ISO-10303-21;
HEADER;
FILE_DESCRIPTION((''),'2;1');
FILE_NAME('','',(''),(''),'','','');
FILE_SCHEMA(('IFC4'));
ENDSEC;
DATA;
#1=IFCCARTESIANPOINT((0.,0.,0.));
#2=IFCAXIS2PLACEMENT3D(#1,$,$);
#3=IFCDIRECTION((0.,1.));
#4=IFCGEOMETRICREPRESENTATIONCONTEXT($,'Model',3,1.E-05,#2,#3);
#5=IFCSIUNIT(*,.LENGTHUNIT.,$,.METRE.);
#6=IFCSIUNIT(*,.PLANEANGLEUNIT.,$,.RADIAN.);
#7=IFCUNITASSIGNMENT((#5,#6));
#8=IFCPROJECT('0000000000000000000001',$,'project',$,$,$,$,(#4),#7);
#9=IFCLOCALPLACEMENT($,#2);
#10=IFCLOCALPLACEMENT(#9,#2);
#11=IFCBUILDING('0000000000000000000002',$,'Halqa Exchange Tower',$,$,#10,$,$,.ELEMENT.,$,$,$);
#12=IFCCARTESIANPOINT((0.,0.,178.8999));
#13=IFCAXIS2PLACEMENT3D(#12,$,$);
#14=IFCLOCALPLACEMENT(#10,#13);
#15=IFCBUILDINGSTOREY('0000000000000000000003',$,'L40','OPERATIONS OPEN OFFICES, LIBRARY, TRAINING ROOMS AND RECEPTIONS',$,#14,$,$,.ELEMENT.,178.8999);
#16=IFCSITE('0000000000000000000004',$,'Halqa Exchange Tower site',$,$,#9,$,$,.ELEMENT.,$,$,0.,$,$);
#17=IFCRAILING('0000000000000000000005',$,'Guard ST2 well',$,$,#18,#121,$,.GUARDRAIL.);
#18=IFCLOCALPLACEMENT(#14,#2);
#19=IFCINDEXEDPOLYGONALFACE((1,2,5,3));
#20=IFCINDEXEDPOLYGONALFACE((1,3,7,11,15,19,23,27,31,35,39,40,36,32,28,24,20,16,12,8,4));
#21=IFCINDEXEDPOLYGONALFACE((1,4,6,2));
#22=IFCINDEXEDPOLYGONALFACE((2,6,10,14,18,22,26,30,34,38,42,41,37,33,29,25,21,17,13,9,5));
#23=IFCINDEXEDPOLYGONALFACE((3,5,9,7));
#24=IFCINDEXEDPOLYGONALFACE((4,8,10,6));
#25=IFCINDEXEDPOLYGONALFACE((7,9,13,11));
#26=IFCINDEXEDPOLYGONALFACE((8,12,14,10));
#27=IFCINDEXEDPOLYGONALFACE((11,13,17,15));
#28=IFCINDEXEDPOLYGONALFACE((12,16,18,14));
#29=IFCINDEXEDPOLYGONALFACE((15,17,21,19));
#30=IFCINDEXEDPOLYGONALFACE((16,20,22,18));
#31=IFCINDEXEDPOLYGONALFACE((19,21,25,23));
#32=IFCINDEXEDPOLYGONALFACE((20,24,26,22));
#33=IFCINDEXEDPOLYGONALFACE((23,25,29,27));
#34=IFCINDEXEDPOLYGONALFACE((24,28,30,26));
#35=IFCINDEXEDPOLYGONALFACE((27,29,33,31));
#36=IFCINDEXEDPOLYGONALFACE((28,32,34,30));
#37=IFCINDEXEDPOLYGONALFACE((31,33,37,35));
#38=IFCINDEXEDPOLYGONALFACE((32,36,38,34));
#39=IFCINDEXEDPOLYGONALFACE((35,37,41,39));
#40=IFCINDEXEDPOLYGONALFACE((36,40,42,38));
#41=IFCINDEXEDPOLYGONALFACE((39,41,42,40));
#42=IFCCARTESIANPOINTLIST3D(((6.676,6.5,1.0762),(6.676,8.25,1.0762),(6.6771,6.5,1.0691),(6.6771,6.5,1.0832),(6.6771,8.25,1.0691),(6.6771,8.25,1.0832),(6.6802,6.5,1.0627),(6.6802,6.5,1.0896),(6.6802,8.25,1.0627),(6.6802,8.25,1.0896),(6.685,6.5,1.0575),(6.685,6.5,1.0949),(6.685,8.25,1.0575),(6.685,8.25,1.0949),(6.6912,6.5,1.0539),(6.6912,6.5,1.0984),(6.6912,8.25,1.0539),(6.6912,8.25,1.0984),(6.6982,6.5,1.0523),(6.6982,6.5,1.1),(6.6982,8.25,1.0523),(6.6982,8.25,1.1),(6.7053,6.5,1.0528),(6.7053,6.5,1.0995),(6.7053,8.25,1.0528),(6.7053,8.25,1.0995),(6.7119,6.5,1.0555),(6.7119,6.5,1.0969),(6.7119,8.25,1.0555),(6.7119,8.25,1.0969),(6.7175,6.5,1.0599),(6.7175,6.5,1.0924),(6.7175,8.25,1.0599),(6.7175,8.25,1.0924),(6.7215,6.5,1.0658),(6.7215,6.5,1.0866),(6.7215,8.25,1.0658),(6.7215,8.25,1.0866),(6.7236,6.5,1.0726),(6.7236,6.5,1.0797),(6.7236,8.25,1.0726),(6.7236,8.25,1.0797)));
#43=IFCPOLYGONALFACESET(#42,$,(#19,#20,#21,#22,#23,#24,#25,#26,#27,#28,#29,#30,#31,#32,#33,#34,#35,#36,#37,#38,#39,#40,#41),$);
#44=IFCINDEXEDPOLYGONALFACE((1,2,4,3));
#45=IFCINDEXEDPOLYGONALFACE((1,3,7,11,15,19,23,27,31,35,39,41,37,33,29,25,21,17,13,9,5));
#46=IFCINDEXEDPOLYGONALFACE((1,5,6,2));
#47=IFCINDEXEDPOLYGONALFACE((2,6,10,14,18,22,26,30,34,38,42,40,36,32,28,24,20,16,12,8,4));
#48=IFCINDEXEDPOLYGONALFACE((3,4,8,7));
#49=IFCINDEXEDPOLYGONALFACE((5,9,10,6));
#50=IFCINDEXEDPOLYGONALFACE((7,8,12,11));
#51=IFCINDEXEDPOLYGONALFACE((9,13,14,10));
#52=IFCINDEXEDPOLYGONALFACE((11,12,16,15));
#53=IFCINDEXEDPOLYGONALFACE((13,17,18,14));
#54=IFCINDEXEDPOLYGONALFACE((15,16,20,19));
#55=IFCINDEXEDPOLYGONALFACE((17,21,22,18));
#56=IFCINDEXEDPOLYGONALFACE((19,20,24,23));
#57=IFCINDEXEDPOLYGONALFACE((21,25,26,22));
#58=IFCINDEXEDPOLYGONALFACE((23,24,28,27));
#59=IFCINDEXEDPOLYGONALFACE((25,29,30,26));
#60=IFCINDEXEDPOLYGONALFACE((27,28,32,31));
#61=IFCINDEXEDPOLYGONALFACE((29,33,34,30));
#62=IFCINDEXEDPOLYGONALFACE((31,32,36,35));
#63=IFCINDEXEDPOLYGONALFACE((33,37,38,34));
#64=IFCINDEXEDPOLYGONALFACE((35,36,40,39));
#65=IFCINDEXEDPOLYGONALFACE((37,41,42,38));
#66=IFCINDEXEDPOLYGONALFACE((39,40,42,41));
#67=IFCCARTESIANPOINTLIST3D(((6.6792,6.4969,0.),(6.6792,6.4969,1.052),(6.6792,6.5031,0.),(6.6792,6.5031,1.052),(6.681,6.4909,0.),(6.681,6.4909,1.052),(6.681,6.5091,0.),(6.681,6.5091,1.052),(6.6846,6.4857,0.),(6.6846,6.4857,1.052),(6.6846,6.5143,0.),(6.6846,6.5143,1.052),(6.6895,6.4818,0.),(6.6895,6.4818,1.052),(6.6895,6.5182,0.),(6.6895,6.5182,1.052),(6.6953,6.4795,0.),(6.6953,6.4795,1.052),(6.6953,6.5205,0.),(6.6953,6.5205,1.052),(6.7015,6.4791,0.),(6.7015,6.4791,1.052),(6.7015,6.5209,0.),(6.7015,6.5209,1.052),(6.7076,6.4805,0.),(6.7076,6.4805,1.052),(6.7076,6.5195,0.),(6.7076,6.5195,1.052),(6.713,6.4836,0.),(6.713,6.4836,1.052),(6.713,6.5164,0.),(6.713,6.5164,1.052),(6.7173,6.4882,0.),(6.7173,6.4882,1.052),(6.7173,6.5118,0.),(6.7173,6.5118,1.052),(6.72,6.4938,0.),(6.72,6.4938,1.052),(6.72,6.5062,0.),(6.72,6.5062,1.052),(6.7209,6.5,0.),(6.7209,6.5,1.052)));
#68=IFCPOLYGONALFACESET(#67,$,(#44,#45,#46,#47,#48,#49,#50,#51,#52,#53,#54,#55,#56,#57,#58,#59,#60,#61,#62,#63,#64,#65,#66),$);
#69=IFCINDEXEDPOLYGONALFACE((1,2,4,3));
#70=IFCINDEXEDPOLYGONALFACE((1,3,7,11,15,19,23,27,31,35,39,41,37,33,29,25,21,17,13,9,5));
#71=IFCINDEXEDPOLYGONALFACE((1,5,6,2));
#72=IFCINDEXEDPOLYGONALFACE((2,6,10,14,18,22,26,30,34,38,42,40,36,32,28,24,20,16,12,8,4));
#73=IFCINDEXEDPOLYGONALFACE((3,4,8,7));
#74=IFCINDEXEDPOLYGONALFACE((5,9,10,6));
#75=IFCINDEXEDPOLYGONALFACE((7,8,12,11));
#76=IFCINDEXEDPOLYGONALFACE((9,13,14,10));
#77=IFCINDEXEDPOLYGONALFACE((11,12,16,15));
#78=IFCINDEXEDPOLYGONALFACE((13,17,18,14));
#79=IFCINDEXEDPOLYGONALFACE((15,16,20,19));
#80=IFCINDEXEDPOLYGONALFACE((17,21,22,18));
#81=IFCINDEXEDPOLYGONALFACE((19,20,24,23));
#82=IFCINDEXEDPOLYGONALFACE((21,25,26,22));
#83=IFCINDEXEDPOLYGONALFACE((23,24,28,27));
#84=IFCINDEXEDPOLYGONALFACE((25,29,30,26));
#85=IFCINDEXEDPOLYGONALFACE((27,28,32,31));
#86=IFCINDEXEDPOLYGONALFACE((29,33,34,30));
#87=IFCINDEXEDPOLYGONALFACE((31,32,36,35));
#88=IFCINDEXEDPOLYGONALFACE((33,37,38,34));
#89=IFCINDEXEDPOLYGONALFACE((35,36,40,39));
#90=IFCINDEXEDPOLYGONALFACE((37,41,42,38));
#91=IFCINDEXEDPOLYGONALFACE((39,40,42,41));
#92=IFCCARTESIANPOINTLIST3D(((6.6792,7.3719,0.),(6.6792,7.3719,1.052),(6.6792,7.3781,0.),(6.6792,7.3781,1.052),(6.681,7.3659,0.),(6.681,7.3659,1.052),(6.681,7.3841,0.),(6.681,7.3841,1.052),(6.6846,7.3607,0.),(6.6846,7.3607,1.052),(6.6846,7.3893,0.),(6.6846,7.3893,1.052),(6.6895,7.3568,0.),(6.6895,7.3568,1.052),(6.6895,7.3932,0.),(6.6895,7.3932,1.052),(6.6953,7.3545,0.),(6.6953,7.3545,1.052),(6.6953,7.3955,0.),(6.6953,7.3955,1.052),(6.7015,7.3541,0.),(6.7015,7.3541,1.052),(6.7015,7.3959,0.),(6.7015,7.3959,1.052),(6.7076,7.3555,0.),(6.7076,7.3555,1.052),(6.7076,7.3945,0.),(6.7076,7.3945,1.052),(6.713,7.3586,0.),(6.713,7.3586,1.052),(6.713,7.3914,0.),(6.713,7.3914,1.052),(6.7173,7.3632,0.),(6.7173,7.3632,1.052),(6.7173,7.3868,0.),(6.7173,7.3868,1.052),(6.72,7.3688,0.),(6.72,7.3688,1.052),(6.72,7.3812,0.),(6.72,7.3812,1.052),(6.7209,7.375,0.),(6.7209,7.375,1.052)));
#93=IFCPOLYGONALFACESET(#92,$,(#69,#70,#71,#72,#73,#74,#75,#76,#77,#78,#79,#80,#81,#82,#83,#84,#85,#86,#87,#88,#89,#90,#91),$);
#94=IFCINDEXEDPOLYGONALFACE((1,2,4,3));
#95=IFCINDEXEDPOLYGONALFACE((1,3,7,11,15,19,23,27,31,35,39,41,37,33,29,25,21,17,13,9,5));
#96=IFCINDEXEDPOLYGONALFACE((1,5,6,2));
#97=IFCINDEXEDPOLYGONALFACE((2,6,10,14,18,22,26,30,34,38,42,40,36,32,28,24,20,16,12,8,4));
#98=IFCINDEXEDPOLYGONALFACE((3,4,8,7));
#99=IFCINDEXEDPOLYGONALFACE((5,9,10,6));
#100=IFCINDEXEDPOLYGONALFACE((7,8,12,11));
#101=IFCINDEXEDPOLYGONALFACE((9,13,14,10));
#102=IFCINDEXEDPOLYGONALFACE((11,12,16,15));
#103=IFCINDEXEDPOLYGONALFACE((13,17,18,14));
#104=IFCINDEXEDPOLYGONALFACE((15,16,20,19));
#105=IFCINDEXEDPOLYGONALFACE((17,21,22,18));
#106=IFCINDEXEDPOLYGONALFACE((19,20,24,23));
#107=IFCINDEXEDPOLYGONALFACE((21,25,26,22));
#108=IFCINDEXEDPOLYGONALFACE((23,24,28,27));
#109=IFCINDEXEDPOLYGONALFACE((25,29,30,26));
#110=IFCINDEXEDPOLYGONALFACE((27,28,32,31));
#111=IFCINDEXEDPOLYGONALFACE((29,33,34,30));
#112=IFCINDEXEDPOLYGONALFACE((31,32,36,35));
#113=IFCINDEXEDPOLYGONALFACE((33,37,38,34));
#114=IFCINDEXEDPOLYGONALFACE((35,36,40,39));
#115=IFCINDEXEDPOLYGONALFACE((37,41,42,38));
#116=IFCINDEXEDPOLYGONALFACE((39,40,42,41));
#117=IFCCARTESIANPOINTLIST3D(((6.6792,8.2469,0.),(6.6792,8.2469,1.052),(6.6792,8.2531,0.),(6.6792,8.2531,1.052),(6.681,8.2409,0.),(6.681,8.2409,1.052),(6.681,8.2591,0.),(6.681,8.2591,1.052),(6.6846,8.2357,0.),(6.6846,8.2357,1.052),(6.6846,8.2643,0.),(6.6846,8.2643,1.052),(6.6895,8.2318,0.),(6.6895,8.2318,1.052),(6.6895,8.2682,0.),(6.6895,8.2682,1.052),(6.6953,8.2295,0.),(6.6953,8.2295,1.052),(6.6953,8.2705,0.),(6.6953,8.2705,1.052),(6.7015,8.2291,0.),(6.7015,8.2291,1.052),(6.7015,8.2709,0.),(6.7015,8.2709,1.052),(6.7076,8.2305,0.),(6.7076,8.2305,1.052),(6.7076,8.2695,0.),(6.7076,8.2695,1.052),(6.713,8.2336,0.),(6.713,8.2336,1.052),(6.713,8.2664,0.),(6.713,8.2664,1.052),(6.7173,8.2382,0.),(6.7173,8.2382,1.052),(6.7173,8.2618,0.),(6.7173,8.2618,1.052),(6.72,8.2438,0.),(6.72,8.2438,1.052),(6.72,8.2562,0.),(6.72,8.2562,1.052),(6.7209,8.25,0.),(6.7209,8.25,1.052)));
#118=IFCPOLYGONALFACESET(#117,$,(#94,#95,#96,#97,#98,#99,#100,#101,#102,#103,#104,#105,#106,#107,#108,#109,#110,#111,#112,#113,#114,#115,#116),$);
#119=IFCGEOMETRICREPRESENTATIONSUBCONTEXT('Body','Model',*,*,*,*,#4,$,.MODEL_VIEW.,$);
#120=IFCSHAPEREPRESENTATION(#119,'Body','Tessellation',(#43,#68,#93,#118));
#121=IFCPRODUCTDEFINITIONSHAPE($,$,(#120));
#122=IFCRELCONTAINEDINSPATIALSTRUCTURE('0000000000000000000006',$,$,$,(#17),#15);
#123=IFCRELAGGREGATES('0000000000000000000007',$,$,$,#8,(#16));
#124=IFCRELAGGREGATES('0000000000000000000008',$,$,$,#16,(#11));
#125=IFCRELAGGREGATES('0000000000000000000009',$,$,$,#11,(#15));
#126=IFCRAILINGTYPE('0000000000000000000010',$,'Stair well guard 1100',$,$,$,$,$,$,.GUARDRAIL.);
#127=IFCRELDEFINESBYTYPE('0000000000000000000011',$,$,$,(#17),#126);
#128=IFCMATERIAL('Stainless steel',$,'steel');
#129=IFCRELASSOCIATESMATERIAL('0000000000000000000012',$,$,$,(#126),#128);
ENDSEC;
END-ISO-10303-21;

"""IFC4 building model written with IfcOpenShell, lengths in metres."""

from ifc_helpers import new_model, si_unit, direction, frame, origin, origin_2d, place, context, subcontext, project, spatial, circle, extrude, material, type_object, element, save


model = new_model("IFC4")

# Units and contexts
model_context = context("Model", 3, precision=1e-05, world=origin(), true_north=direction((0.0, 1.0)))
body_context = subcontext(model_context, "Body", "Model", "MODEL_VIEW")
ifc_project = project(units=[si_unit("LENGTHUNIT", "METRE"), si_unit("PLANEANGLEUNIT", "RADIAN")], contexts=[model_context])

# Site, building, storey
site_placement = place(None, origin())
site = spatial("IfcSite", under=ifc_project, at=site_placement, Name="Halqa Exchange Tower site", CompositionType="ELEMENT", RefElevation=0.0)
building_placement = place(site_placement, origin())
building = spatial("IfcBuilding", under=site, at=building_placement, Name="Halqa Exchange Tower", CompositionType="ELEMENT")
storey_placement = place(building_placement, frame((0.0, 0.0, 178.8999)))
storey = spatial("IfcBuildingStorey", under=building, at=storey_placement, Name="L40", Description="OPERATIONS OPEN OFFICES, LIBRARY, TRAINING ROOMS AND RECEPTIONS", CompositionType="ELEMENT", Elevation=178.8999)

# Railing
ifc_material_1 = material(Name="Stainless steel", Category="steel")
railing_type_1 = type_object("IfcRailingType", Name="Stair well guard 1100", PredefinedType="GUARDRAIL", material=ifc_material_1)
railing_1_placement = place(storey_placement, frame((6.7, 6.5, 0.0)))
element("IfcRailing", 1, at=railing_1_placement, inside=storey, type_object=railing_type_1, Name="Guard ST2 well", PredefinedType="GUARDRAIL", context=body_context, shape_type="SweptSolid", body=[
    extrude(circle(Radius=0.0239, at=origin_2d()), frame((0.0, 0.0, 1.0762), z_axis=(0.0, 1.0, 0.0), x_axis=(-1.0, 0.0, 0.0)), (0.0, 0.0, 1.0), 1.75),
    extrude(circle(Radius=0.021, at=origin_2d()), origin(), (0.0, 0.0, 1.0), 1.052),
    extrude(circle(Radius=0.021, at=origin_2d()), frame((0.0, 0.875, 0.0)), (0.0, 0.0, 1.0), 1.052),
    extrude(circle(Radius=0.021, at=origin_2d()), frame((0.0, 1.75, 0.0)), (0.0, 0.0, 1.0), 1.052),
])

save(model, "model.ifc")
